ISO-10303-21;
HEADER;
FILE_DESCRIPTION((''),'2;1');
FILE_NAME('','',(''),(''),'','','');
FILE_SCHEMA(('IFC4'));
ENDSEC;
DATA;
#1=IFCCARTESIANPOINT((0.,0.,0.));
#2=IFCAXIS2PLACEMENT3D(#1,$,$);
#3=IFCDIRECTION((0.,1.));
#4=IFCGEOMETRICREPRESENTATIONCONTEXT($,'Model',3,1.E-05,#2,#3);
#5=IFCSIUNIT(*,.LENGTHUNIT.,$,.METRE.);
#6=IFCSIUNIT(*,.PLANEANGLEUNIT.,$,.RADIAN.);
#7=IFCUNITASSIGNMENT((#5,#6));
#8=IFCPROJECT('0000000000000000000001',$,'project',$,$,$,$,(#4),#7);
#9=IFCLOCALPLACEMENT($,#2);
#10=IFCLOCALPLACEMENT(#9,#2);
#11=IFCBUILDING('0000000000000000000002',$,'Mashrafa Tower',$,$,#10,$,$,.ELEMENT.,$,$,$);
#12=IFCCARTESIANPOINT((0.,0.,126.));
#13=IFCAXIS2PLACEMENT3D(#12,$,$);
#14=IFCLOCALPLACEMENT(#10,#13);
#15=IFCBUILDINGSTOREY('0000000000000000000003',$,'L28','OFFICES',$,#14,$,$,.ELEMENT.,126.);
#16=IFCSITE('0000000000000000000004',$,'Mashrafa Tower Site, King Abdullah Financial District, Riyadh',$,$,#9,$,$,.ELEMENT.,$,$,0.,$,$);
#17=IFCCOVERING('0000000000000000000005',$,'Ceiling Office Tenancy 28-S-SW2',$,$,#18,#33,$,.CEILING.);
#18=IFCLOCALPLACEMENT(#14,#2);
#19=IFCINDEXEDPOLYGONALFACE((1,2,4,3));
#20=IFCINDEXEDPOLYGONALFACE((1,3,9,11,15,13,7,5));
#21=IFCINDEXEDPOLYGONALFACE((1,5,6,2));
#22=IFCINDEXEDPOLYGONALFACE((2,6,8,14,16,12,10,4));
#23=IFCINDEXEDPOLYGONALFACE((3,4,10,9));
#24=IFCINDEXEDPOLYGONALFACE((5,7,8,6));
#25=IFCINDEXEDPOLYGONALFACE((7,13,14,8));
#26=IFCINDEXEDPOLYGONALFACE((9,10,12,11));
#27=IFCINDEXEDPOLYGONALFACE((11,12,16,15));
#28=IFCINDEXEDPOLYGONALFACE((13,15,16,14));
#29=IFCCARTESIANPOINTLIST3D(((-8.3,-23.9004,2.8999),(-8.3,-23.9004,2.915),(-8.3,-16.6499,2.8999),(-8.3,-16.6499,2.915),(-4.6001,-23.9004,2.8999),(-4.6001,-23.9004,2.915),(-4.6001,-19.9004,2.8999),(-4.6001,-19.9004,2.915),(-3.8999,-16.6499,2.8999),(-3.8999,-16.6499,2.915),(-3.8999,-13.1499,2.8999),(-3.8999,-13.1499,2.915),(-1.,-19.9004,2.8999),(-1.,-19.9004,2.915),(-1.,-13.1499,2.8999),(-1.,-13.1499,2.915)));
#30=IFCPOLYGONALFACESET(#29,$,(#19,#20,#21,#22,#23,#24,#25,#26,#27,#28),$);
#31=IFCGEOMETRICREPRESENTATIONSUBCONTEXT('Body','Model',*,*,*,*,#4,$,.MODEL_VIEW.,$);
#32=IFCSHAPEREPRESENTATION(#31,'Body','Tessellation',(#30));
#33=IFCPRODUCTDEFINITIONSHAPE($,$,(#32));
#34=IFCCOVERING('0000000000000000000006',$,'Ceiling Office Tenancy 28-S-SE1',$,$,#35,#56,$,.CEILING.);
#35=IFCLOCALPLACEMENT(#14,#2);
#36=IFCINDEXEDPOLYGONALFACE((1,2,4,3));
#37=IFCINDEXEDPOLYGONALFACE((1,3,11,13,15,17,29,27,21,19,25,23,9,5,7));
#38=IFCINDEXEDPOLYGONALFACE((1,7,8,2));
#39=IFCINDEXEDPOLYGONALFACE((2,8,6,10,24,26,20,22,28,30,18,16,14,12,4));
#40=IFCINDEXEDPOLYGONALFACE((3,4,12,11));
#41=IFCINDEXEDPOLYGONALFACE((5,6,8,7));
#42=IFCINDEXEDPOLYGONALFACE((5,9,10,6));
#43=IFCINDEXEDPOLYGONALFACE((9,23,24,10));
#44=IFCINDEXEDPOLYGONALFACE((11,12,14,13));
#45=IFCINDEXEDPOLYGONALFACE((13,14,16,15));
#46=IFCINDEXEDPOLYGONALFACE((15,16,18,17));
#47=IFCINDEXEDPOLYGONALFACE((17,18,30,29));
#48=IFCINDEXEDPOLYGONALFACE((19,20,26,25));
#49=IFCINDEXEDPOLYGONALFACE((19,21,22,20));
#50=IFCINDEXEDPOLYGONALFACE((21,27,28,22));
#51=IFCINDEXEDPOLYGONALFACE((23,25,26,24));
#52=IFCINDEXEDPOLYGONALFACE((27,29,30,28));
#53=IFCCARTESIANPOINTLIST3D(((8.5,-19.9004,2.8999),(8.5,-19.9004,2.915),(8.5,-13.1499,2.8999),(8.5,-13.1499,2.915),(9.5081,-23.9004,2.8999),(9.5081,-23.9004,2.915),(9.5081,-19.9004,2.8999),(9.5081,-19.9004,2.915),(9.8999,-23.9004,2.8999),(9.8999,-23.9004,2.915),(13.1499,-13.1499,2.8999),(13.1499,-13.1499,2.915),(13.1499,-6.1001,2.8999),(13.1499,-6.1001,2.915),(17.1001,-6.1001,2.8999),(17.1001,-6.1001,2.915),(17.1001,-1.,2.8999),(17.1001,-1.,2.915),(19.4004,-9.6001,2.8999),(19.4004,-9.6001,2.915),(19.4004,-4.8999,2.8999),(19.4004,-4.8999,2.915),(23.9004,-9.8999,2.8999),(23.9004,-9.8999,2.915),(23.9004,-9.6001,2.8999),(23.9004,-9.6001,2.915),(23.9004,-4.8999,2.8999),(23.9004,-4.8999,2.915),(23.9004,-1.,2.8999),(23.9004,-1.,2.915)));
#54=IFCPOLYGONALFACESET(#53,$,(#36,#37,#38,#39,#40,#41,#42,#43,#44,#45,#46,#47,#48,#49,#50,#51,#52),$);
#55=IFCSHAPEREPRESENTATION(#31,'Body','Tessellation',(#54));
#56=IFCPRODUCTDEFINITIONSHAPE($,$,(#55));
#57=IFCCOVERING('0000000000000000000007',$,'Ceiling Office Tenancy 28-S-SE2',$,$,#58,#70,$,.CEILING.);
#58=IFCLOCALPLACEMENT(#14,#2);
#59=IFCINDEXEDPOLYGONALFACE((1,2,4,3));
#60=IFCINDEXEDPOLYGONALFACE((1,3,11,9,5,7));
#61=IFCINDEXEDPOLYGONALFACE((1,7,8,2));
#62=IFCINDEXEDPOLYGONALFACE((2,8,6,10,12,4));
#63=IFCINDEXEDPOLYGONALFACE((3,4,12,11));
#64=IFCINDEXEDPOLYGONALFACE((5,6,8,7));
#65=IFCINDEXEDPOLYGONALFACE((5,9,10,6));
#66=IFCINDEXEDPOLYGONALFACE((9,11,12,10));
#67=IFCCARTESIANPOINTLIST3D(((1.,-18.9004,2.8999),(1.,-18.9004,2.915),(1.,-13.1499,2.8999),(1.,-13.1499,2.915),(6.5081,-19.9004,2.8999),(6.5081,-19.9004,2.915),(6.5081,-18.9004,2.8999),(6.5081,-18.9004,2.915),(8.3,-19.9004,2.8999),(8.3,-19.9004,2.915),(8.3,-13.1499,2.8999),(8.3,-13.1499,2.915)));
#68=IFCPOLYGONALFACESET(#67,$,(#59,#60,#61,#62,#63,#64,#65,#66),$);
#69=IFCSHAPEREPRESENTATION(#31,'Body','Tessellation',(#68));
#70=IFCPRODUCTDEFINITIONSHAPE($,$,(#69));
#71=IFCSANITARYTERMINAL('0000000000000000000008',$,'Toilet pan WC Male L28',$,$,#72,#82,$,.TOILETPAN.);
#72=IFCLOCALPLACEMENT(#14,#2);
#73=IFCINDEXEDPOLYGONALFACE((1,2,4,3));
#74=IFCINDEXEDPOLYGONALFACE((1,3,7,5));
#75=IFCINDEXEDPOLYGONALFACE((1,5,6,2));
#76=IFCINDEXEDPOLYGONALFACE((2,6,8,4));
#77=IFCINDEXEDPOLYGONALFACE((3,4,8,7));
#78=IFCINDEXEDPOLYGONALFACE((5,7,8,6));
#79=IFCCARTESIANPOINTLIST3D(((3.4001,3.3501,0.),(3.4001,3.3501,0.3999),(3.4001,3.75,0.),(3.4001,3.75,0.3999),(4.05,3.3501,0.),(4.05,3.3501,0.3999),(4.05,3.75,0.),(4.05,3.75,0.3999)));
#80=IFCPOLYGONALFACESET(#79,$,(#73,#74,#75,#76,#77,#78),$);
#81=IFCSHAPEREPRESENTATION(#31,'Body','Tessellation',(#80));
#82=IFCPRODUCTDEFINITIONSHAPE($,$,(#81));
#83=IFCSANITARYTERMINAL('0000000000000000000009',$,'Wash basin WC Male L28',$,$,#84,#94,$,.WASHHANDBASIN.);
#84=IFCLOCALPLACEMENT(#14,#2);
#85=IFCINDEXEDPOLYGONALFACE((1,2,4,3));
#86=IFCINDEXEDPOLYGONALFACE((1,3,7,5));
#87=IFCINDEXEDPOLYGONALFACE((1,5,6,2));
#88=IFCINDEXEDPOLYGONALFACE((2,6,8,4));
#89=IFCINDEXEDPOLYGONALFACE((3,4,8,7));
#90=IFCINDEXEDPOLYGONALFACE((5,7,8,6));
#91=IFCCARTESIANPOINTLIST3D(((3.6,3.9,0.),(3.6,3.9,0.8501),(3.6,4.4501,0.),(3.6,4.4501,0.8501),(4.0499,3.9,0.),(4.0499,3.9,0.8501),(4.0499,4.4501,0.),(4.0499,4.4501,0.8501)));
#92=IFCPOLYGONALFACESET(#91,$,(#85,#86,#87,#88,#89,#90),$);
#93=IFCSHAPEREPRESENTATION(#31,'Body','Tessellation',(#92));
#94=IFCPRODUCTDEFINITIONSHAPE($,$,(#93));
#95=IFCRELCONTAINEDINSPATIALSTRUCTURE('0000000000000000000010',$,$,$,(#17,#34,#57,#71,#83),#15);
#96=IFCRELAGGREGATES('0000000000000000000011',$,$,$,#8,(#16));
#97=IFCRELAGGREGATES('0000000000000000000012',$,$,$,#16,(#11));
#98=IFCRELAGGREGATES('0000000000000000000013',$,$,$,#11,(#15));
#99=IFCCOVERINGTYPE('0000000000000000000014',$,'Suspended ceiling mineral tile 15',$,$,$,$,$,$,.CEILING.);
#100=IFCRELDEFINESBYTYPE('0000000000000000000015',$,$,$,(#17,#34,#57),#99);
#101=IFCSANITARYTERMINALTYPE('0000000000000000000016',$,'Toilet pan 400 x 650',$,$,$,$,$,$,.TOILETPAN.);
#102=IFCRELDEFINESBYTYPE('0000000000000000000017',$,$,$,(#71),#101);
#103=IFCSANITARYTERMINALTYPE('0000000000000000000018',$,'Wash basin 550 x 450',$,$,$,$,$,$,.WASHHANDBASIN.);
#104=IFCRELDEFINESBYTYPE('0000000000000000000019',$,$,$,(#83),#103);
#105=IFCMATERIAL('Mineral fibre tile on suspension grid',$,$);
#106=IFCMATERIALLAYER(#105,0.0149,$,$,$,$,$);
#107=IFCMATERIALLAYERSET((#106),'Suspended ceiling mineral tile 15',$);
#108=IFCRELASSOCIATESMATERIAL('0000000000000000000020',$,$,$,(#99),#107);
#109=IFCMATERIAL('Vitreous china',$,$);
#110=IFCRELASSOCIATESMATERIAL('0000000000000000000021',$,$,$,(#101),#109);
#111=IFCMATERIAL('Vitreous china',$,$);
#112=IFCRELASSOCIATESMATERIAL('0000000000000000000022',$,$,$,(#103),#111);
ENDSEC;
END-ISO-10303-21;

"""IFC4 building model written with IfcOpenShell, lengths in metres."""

from ifc_helpers import new_model, si_unit, direction, frame, origin, origin_2d, place, context, subcontext, project, spatial, polyline, rectangle, outline, extrude, material, layer, layer_set, type_object, element, save


model = new_model("IFC4")

# Units and contexts
model_context = context("Model", 3, precision=1e-05, world=origin(), true_north=direction((0.0, 1.0)))
body_context = subcontext(model_context, "Body", "Model", "MODEL_VIEW")
ifc_project = project(units=[si_unit("LENGTHUNIT", "METRE"), si_unit("PLANEANGLEUNIT", "RADIAN")], contexts=[model_context])

# Site, building, storey
site_placement = place(None, origin())
site = spatial("IfcSite", under=ifc_project, at=site_placement, Name="Mashrafa Tower Site, King Abdullah Financial District, Riyadh", CompositionType="ELEMENT", RefElevation=0.0)
building_placement = place(site_placement, origin())
building = spatial("IfcBuilding", under=site, at=building_placement, Name="Mashrafa Tower", CompositionType="ELEMENT")
storey_placement = place(building_placement, frame((0.0, 0.0, 126.0)))
storey = spatial("IfcBuildingStorey", under=building, at=storey_placement, Name="L28", Description="OFFICES", CompositionType="ELEMENT", Elevation=126.0)

# Coverings
ifc_material_1 = material(Name="Mineral fibre tile on suspension grid")
ifc_layer_1 = layer(ifc_material_1, 0.0149)
ifc_layer_set_1 = layer_set([ifc_layer_1], Name="Suspended ceiling mineral tile 15")
covering_type = type_object("IfcCoveringType", Name="Suspended ceiling mineral tile 15", PredefinedType="CEILING", material=ifc_layer_set_1)
covering_1_placement = place(storey_placement, frame((0.0, 0.0, 2.8999)))
element("IfcCovering", 1, at=covering_1_placement, inside=storey, type_object=covering_type, Name="Ceiling Office Tenancy 28-S-SW2", PredefinedType="CEILING", context=body_context, shape_type="SweptSolid", body=[
    extrude(outline(polyline([(-4.6001, -23.9004), (-8.3, -23.9004), (-8.3, -16.6499), (-3.8999, -16.6499), (-3.8999, -13.1499), (-1.0, -13.1499), (-1.0, -19.9004), (-4.6001, -19.9004), (-4.6001, -23.9004)])), origin(), (0.0, 0.0, 1.0), 0.0151),
])
covering_2_placement = place(storey_placement, frame((0.0, 0.0, 2.8999)))
element("IfcCovering", 2, at=covering_2_placement, inside=storey, type_object=covering_type, Name="Ceiling Office Tenancy 28-S-SE1", PredefinedType="CEILING", context=body_context, shape_type="SweptSolid", body=[
    extrude(outline(polyline([(23.9004, -1.0), (23.9004, -4.8999), (19.4004, -4.8999), (19.4004, -9.6001), (23.9004, -9.6001), (23.9004, -9.8999), (9.8999, -23.9004), (9.5081, -23.9004), (9.5081, -19.9004), (8.5, -19.9004), (8.5, -13.1499), (13.1499, -13.1499), (13.1499, -6.1001), (17.1001, -6.1001), (17.1001, -1.0), (23.9004, -1.0)])), origin(), (0.0, 0.0, 1.0), 0.0151),
])
covering_3_placement = place(storey_placement, frame((0.0, 0.0, 2.8999)))
element("IfcCovering", 3, at=covering_3_placement, inside=storey, type_object=covering_type, Name="Ceiling Office Tenancy 28-S-SE2", PredefinedType="CEILING", context=body_context, shape_type="SweptSolid", body=[
    extrude(outline(polyline([(8.3, -13.1499), (8.3, -19.9004), (6.5081, -19.9004), (6.5081, -18.9004), (1.0, -18.9004), (1.0, -13.1499), (8.3, -13.1499)])), origin(), (0.0, 0.0, 1.0), 0.0151),
])

# Sanitary terminals
ifc_material_2 = material(Name="Vitreous china")
sanitary_terminal_type_1 = type_object("IfcSanitaryTerminalType", Name="Toilet pan 400 x 650", PredefinedType="TOILETPAN", material=ifc_material_2)
sanitary_terminal_1_placement = place(storey_placement, frame((3.7251, 3.55, 0.0), z_axis=(0.0, 0.0, 1.0), x_axis=(0.0, 1.0, 0.0)))
element("IfcSanitaryTerminal", 4, at=sanitary_terminal_1_placement, inside=storey, type_object=sanitary_terminal_type_1, Name="Toilet pan WC Male L28", PredefinedType="TOILETPAN", context=body_context, shape_type="SweptSolid", body=[
    extrude(rectangle(XDim=0.3999, YDim=0.6499, at=origin_2d()), origin(), (0.0, 0.0, 1.0), 0.3999),
])
ifc_material_3 = material(Name="Vitreous china")
sanitary_terminal_type_2 = type_object("IfcSanitaryTerminalType", Name="Wash basin 550 x 450", PredefinedType="WASHHANDBASIN", material=ifc_material_3)
sanitary_terminal_2_placement = place(storey_placement, frame((3.825, 4.175, 0.0), z_axis=(0.0, 0.0, 1.0), x_axis=(0.0, 1.0, 0.0)))
element("IfcSanitaryTerminal", 5, at=sanitary_terminal_2_placement, inside=storey, type_object=sanitary_terminal_type_2, Name="Wash basin WC Male L28", PredefinedType="WASHHANDBASIN", context=body_context, shape_type="SweptSolid", body=[
    extrude(rectangle(XDim=0.55, YDim=0.45, at=origin_2d()), origin(), (0.0, 0.0, 1.0), 0.8501),
])

save(model, "model.ifc")
